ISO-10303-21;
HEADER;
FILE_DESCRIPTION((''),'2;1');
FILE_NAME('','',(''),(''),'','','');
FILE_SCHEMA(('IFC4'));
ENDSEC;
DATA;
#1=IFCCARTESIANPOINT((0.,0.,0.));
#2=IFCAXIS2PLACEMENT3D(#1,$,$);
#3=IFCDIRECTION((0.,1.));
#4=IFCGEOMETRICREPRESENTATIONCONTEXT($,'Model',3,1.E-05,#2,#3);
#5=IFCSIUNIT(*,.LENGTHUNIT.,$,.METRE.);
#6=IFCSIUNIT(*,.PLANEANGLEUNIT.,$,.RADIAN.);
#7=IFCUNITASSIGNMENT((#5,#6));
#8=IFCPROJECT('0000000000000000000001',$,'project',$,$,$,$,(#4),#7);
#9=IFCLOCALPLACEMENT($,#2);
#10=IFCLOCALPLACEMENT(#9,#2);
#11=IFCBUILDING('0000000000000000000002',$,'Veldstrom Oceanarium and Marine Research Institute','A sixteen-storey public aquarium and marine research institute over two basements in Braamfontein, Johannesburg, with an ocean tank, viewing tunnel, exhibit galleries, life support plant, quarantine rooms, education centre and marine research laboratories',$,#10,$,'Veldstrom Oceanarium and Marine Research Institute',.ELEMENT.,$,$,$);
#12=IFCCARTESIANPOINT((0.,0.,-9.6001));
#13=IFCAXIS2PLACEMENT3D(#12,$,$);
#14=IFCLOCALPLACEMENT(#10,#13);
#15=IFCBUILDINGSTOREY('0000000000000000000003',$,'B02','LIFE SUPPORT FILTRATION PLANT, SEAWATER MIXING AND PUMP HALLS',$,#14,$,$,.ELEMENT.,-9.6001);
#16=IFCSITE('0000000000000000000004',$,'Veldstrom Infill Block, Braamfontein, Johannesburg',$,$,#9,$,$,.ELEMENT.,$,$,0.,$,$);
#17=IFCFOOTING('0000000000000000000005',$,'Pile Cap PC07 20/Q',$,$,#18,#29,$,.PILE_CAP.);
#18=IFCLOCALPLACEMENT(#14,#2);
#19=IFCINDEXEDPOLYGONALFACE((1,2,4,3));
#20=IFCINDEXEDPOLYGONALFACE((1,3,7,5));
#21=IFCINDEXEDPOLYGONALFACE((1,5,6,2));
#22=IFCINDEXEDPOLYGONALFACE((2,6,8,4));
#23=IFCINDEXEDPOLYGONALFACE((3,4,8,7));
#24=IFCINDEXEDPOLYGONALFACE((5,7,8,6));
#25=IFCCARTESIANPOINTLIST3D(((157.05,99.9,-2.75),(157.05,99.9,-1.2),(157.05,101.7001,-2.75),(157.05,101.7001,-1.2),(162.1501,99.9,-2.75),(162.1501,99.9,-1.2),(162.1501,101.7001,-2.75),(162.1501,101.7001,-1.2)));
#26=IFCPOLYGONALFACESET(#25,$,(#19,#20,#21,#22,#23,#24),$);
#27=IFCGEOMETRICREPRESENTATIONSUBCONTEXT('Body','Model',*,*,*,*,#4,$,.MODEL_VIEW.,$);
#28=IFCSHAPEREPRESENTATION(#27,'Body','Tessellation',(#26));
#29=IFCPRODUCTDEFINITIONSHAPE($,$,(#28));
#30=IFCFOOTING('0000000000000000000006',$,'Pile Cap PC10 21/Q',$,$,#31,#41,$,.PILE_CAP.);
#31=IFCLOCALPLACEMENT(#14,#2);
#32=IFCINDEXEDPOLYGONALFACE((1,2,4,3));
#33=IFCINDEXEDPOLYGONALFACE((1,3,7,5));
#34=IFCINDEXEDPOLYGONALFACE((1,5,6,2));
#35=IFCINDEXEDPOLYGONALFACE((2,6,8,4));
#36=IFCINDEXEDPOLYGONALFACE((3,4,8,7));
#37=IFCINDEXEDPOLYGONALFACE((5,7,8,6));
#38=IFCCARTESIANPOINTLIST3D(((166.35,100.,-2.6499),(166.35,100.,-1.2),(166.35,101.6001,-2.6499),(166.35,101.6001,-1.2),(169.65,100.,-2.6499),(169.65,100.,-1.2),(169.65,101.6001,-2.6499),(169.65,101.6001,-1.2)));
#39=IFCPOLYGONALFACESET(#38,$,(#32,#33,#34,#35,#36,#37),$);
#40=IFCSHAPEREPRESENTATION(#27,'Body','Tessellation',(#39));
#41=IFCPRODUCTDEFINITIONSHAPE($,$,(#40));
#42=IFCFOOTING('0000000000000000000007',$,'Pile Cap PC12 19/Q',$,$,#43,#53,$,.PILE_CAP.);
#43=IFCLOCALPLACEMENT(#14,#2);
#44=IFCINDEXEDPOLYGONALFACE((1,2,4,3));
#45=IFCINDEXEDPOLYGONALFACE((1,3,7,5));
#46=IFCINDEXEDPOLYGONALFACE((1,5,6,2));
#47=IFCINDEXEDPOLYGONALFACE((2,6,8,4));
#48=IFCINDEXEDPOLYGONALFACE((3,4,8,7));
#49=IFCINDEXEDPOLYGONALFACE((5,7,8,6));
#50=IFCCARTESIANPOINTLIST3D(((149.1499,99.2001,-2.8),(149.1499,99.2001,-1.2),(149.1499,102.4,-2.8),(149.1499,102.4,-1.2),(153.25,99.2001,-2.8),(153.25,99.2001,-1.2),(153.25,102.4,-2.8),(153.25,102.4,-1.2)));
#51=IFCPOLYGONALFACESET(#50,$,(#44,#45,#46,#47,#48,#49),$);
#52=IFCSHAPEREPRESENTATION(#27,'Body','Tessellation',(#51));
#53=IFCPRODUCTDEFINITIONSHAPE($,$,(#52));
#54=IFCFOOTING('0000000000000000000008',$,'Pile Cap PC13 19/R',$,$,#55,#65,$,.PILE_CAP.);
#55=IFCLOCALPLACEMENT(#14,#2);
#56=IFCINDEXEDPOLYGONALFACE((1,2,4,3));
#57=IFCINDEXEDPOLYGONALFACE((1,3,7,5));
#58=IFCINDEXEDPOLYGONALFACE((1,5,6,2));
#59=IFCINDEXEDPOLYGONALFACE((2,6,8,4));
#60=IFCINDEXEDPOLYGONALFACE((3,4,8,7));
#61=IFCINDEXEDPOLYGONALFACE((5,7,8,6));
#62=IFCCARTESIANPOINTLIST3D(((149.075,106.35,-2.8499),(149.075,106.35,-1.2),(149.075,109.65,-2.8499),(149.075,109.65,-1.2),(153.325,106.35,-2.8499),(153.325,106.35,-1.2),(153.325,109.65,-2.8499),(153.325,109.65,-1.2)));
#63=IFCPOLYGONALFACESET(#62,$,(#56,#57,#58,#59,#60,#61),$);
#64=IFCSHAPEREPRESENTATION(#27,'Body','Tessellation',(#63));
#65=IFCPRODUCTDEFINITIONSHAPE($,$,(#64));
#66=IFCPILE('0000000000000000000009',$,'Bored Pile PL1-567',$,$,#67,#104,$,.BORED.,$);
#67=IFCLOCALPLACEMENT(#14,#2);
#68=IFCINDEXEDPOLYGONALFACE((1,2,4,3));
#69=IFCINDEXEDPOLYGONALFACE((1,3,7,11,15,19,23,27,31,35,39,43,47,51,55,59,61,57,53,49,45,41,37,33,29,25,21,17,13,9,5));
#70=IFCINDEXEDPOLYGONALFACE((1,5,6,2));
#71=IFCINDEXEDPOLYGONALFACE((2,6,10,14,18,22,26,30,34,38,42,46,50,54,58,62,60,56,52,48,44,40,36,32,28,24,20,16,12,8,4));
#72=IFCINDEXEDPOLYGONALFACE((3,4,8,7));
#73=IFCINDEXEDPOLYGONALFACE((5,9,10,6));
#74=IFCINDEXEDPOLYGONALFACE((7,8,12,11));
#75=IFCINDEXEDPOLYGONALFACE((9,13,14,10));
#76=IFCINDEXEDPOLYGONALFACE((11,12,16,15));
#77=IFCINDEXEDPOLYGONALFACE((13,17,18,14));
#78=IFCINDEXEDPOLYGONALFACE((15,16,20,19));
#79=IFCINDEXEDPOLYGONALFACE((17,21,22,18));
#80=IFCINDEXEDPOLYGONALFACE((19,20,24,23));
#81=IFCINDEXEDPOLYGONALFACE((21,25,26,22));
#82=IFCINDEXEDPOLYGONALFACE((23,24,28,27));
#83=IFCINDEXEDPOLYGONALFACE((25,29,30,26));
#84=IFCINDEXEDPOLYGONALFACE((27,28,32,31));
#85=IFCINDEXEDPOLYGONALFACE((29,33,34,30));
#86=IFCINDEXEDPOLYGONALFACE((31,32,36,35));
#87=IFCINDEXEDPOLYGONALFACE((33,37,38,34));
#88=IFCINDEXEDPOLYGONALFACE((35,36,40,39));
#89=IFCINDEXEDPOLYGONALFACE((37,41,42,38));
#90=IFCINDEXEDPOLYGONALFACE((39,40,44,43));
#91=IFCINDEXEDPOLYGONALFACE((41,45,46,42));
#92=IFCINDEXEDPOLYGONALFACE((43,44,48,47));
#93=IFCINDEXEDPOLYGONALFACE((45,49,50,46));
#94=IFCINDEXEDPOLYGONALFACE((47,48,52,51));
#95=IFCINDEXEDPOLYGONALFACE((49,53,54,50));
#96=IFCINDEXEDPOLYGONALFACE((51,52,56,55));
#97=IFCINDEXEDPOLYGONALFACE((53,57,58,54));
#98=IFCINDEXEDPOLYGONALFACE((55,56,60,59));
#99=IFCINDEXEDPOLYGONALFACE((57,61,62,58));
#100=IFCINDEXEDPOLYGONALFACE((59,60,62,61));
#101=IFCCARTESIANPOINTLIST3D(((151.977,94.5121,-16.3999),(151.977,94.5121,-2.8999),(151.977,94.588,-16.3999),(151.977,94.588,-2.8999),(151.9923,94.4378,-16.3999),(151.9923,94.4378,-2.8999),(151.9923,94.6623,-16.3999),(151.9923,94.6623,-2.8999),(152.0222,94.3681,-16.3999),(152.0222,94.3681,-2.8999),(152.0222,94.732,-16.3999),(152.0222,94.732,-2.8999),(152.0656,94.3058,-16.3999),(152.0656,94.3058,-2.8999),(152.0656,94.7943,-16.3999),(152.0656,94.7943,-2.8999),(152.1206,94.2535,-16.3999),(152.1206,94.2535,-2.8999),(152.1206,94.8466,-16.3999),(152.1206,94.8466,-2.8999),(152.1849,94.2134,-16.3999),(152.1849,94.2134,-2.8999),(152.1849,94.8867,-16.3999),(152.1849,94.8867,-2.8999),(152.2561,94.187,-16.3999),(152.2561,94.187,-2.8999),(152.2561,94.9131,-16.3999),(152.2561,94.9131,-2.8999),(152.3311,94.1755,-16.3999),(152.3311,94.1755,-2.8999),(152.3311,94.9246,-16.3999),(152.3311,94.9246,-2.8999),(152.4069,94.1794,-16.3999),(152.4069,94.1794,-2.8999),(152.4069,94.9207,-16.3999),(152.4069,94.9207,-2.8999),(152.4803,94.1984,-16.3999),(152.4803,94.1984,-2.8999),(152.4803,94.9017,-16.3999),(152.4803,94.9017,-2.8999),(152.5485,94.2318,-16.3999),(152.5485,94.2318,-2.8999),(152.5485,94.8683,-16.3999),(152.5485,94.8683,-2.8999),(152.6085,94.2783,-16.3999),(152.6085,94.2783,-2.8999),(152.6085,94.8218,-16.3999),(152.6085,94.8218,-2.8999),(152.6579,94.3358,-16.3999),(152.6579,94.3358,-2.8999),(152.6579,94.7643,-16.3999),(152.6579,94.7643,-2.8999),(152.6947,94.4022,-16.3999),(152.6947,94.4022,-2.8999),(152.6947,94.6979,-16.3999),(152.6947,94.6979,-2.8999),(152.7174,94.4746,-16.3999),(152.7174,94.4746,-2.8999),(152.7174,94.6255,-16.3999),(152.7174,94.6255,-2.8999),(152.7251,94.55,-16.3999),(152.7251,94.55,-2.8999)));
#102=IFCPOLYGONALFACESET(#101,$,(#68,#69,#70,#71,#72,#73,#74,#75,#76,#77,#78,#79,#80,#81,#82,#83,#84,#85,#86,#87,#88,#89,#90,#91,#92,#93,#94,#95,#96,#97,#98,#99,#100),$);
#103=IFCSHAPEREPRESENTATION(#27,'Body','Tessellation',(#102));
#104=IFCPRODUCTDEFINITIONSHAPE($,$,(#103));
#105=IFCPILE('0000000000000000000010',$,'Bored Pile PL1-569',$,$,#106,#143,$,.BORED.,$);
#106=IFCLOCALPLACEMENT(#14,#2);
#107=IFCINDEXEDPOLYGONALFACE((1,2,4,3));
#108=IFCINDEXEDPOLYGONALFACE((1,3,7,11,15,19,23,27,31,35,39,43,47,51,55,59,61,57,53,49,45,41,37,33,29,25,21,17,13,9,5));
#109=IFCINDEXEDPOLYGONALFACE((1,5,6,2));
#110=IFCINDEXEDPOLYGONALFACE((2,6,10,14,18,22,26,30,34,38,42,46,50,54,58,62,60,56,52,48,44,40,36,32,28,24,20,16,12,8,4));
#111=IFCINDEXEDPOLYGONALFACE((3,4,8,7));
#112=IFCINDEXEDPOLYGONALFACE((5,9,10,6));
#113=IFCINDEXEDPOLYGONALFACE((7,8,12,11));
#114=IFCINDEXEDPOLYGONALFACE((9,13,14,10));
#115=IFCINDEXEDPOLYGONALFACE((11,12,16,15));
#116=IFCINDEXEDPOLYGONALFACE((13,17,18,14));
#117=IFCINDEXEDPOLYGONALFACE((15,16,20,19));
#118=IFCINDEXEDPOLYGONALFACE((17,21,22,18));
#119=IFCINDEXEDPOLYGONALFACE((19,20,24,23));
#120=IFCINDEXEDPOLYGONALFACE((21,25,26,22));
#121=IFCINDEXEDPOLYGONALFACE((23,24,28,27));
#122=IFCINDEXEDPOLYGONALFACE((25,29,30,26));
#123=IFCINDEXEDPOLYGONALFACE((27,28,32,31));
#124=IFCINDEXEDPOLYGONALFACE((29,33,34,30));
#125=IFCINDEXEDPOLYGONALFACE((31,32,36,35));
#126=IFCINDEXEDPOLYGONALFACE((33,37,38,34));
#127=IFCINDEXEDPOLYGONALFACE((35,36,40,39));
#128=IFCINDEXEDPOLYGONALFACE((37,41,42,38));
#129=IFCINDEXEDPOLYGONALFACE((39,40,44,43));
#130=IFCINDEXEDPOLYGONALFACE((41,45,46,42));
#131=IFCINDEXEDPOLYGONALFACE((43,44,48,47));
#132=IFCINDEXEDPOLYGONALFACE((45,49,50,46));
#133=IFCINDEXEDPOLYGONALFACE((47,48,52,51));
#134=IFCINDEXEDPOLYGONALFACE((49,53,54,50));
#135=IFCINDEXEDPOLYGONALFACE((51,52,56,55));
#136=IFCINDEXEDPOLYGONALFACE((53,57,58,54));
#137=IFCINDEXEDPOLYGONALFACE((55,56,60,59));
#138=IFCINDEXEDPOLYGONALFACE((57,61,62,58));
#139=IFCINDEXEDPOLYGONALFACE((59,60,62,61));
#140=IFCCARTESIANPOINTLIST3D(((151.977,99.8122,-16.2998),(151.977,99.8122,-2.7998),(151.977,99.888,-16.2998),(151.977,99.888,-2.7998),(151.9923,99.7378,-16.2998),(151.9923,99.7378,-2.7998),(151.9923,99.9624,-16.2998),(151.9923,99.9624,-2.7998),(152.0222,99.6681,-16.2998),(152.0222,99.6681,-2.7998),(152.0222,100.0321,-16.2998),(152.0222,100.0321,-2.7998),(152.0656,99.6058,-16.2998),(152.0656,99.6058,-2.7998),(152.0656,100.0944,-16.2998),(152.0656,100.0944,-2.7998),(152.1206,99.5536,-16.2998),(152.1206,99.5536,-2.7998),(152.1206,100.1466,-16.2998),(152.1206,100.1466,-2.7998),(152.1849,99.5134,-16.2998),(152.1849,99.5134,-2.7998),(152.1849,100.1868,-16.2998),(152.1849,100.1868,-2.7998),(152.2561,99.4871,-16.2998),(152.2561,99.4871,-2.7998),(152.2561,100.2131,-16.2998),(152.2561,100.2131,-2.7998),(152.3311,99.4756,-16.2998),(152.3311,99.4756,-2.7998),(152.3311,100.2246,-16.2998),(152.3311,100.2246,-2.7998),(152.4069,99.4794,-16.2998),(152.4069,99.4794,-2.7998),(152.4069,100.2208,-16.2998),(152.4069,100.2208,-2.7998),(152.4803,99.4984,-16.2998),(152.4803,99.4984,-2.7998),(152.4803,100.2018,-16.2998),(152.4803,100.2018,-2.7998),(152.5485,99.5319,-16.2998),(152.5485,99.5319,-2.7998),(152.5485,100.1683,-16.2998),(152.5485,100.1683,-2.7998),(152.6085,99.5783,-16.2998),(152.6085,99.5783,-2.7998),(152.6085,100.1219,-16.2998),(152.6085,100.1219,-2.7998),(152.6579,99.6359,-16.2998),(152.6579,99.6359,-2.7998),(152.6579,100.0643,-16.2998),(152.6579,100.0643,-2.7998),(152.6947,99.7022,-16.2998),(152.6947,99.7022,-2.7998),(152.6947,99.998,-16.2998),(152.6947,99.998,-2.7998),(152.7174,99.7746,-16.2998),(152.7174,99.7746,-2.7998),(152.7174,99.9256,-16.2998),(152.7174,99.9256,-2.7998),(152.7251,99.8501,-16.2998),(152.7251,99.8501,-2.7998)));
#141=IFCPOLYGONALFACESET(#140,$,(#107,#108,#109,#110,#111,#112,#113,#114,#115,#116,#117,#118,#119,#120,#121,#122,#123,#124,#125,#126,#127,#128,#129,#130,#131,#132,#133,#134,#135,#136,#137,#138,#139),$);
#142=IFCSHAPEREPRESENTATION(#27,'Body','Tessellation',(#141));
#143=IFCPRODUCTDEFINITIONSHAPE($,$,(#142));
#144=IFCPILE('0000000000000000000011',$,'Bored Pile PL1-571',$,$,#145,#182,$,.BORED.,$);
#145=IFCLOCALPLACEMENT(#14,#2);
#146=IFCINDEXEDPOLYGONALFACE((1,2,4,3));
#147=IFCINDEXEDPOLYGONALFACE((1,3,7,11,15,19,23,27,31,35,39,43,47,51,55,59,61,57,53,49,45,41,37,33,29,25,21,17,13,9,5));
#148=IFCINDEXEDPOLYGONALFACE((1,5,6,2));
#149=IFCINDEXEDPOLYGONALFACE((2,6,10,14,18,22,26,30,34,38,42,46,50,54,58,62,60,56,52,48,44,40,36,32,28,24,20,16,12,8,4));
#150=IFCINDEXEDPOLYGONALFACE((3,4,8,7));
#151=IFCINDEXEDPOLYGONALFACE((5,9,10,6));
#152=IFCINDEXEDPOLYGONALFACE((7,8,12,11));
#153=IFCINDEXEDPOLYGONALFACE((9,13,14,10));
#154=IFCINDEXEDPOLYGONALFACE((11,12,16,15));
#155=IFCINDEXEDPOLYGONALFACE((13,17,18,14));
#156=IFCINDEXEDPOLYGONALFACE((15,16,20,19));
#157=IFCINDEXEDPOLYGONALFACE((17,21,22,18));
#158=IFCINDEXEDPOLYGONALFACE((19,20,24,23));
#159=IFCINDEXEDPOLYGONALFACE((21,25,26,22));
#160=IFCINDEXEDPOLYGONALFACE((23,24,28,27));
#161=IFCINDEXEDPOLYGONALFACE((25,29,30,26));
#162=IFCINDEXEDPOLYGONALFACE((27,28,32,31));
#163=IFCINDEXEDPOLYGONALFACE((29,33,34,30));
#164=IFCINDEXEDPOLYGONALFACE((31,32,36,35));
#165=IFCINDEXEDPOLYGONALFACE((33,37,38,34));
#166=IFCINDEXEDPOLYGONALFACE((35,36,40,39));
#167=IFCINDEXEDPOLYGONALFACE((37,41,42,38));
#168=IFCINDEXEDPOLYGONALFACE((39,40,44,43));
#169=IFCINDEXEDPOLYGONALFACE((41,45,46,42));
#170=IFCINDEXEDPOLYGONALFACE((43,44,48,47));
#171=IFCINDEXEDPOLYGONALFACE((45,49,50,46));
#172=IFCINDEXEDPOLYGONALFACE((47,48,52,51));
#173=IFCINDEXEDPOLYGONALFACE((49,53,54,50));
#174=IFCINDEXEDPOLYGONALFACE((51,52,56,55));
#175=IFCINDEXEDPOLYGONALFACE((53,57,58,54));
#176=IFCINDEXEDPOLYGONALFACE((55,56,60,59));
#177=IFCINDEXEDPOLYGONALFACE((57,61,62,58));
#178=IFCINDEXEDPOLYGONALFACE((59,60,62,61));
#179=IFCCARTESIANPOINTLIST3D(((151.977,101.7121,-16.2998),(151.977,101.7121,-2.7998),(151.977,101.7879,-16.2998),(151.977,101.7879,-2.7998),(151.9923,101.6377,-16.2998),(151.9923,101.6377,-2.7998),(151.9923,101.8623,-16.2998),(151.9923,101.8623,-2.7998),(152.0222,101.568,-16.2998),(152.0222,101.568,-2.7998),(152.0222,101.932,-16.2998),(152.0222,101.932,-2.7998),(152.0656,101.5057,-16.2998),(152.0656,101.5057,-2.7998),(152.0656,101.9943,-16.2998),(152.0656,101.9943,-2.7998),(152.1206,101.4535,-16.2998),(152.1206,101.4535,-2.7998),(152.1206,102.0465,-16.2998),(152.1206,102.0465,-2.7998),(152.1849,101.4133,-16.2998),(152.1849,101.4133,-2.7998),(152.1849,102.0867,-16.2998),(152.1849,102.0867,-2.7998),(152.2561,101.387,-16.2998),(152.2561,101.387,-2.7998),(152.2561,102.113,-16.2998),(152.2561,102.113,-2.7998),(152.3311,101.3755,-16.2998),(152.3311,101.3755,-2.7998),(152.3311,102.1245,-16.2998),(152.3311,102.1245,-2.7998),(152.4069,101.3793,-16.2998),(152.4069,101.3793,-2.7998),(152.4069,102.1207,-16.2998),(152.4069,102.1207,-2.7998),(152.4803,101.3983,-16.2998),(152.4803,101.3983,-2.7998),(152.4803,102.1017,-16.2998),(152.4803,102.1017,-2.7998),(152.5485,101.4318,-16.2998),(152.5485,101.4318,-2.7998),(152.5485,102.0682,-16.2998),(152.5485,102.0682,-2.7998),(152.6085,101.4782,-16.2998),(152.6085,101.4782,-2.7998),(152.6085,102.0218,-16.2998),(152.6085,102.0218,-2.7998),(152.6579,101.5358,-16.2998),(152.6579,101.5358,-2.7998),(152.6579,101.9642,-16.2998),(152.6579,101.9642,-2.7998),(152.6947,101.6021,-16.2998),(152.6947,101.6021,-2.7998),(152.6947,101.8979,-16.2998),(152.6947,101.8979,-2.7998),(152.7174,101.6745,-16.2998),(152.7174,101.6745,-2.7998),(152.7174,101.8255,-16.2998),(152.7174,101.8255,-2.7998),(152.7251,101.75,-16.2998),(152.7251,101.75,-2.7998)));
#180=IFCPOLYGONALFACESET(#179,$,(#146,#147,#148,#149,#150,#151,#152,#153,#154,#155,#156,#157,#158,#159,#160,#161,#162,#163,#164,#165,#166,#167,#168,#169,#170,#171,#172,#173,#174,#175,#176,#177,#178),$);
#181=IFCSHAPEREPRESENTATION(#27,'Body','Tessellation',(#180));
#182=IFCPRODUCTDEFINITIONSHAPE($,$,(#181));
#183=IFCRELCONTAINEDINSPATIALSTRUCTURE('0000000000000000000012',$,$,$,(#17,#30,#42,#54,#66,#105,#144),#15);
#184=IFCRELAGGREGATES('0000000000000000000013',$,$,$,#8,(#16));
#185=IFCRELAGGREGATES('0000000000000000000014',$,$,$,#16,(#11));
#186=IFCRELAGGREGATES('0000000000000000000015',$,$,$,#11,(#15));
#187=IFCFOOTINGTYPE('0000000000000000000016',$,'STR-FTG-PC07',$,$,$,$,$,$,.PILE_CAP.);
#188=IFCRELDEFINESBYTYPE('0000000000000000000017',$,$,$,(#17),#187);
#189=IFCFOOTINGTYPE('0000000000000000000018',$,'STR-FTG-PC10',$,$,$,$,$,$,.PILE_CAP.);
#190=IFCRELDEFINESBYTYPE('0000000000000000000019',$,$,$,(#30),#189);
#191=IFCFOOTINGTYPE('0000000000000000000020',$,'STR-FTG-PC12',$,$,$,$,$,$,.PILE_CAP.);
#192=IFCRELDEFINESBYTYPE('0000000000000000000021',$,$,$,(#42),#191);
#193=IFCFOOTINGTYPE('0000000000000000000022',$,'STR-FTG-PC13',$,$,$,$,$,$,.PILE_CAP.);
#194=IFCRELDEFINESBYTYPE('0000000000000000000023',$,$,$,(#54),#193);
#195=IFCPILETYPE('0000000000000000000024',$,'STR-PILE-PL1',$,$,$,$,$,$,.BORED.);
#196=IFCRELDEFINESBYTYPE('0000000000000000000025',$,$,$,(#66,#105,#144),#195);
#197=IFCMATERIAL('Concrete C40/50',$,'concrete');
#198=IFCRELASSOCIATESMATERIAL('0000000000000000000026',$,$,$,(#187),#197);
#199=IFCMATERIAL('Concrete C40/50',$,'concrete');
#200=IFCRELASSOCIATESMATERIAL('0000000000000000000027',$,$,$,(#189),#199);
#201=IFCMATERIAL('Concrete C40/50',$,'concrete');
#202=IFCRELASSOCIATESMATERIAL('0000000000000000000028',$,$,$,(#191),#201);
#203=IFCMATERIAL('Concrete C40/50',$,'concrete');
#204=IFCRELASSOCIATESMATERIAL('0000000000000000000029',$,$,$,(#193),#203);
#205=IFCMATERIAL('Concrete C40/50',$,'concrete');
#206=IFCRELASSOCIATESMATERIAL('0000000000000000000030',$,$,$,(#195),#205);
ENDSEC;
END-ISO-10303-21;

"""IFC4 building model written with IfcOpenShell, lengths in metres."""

from ifc_helpers import new_model, si_unit, direction, frame, origin, origin_2d, place, context, subcontext, project, spatial, rectangle, circle, extrude, material, material_profile, profile_set, type_object, element, save


model = new_model("IFC4")

# Units and contexts
model_context = context("Model", 3, precision=1e-05, world=origin(), true_north=direction((0.0, 1.0)))
body_context = subcontext(model_context, "Body", "Model", "MODEL_VIEW")
ifc_project = project(units=[si_unit("LENGTHUNIT", "METRE"), si_unit("PLANEANGLEUNIT", "RADIAN")], contexts=[model_context])

# Site, building, storey
site_placement = place(None, origin())
site = spatial("IfcSite", under=ifc_project, at=site_placement, Name="Veldstrom Infill Block, Braamfontein, Johannesburg", CompositionType="ELEMENT", RefElevation=0.0)
building_placement = place(site_placement, origin())
building = spatial("IfcBuilding", under=site, at=building_placement, Name="Veldstrom Oceanarium and Marine Research Institute", Description="A sixteen-storey public aquarium and marine research institute over two basements in Braamfontein, Johannesburg, with an ocean tank, viewing tunnel, exhibit galleries, life support plant, quarantine rooms, education centre and marine research laboratories", LongName="Veldstrom Oceanarium and Marine Research Institute", CompositionType="ELEMENT")
storey_placement = place(building_placement, frame((0.0, 0.0, -9.6001)))
storey = spatial("IfcBuildingStorey", under=building, at=storey_placement, Name="B02", Description="LIFE SUPPORT FILTRATION PLANT, SEAWATER MIXING AND PUMP HALLS", CompositionType="ELEMENT", Elevation=-9.6001)

# Footings
ifc_material_1 = material(Name="Concrete C40/50", Category="concrete")
footing_type_1 = type_object("IfcFootingType", Name="STR-FTG-PC07", PredefinedType="PILE_CAP", material=ifc_material_1)
footing_1_placement = place(storey_placement, frame((159.6001, 100.8, -2.75), z_axis=(0.0, 0.0, 1.0), x_axis=(1.0, 0.0, 0.0)))
element("IfcFooting", 1, at=footing_1_placement, inside=storey, type_object=footing_type_1, Name="Pile Cap PC07 20/Q", PredefinedType="PILE_CAP", context=body_context, shape_type="SweptSolid", body=[
    extrude(rectangle(XDim=5.1001, YDim=1.8, at=origin_2d()), origin(), (0.0, 0.0, 1.0), 1.55),
])
ifc_material_2 = material(Name="Concrete C40/50", Category="concrete")
footing_type_2 = type_object("IfcFootingType", Name="STR-FTG-PC10", PredefinedType="PILE_CAP", material=ifc_material_2)
footing_2_placement = place(storey_placement, frame((168.0, 100.8, -2.6499), z_axis=(0.0, 0.0, 1.0), x_axis=(1.0, 0.0, 0.0)))
element("IfcFooting", 2, at=footing_2_placement, inside=storey, type_object=footing_type_2, Name="Pile Cap PC10 21/Q", PredefinedType="PILE_CAP", context=body_context, shape_type="SweptSolid", body=[
    extrude(rectangle(XDim=3.3, YDim=1.6001, at=origin_2d()), origin(), (0.0, 0.0, 1.0), 1.45),
])
ifc_material_3 = material(Name="Concrete C40/50", Category="concrete")
footing_type_3 = type_object("IfcFootingType", Name="STR-FTG-PC12", PredefinedType="PILE_CAP", material=ifc_material_3)
footing_3_placement = place(storey_placement, frame((151.2, 100.8, -2.8), z_axis=(0.0, 0.0, 1.0), x_axis=(1.0, 0.0, 0.0)))
element("IfcFooting", 3, at=footing_3_placement, inside=storey, type_object=footing_type_3, Name="Pile Cap PC12 19/Q", PredefinedType="PILE_CAP", context=body_context, shape_type="SweptSolid", body=[
    extrude(rectangle(XDim=4.1001, YDim=3.2, at=origin_2d()), origin(), (0.0, 0.0, 1.0), 1.6001),
])
ifc_material_4 = material(Name="Concrete C40/50", Category="concrete")
footing_type_4 = type_object("IfcFootingType", Name="STR-FTG-PC13", PredefinedType="PILE_CAP", material=ifc_material_4)
footing_4_placement = place(storey_placement, frame((151.2, 108.0, -2.8499), z_axis=(0.0, 0.0, 1.0), x_axis=(1.0, 0.0, 0.0)))
element("IfcFooting", 4, at=footing_4_placement, inside=storey, type_object=footing_type_4, Name="Pile Cap PC13 19/R", PredefinedType="PILE_CAP", context=body_context, shape_type="SweptSolid", body=[
    extrude(rectangle(XDim=4.25, YDim=3.3, at=origin_2d()), origin(), (0.0, 0.0, 1.0), 1.6499),
])

# Piles
ifc_material_5 = material(Name="Concrete C40/50", Category="concrete")
ifc_material_profile_1 = material_profile(ifc_material_5, circle(Radius=0.375, at=origin_2d()), Name="PILE-D750")
ifc_profile_set_1 = profile_set([ifc_material_profile_1], Name="Concrete C40/50")
pile_type = type_object("IfcPileType", Name="STR-PILE-PL1", PredefinedType="BORED", material=ifc_profile_set_1)
for number, where, z_axis, x_axis, name in (
    (5, (152.3501, 94.55, -2.8999), (0.0, 0.0, -1.0), (1.0, 0.0, 0.0), "Bored Pile PL1-567"),
    (6, (152.3501, 99.8501, -2.7998), (0.0, 0.0, -1.0), (1.0, 0.0, 0.0), "Bored Pile PL1-569"),
    (7, (152.3501, 101.75, -2.7998), (0.0, 0.0, -1.0), (1.0, 0.0, 0.0), "Bored Pile PL1-571"),
):
    element("IfcPile", number, at=place(storey_placement, frame(where, z_axis=z_axis, x_axis=x_axis)), inside=storey, type_object=pile_type, Name=name, PredefinedType="BORED", context=body_context, shape_type="SweptSolid", body=[
        extrude(circle(Radius=0.375, at=origin_2d()), origin(), (0.0, 0.0, 1.0), 13.5),
    ])

save(model, "model.ifc")
